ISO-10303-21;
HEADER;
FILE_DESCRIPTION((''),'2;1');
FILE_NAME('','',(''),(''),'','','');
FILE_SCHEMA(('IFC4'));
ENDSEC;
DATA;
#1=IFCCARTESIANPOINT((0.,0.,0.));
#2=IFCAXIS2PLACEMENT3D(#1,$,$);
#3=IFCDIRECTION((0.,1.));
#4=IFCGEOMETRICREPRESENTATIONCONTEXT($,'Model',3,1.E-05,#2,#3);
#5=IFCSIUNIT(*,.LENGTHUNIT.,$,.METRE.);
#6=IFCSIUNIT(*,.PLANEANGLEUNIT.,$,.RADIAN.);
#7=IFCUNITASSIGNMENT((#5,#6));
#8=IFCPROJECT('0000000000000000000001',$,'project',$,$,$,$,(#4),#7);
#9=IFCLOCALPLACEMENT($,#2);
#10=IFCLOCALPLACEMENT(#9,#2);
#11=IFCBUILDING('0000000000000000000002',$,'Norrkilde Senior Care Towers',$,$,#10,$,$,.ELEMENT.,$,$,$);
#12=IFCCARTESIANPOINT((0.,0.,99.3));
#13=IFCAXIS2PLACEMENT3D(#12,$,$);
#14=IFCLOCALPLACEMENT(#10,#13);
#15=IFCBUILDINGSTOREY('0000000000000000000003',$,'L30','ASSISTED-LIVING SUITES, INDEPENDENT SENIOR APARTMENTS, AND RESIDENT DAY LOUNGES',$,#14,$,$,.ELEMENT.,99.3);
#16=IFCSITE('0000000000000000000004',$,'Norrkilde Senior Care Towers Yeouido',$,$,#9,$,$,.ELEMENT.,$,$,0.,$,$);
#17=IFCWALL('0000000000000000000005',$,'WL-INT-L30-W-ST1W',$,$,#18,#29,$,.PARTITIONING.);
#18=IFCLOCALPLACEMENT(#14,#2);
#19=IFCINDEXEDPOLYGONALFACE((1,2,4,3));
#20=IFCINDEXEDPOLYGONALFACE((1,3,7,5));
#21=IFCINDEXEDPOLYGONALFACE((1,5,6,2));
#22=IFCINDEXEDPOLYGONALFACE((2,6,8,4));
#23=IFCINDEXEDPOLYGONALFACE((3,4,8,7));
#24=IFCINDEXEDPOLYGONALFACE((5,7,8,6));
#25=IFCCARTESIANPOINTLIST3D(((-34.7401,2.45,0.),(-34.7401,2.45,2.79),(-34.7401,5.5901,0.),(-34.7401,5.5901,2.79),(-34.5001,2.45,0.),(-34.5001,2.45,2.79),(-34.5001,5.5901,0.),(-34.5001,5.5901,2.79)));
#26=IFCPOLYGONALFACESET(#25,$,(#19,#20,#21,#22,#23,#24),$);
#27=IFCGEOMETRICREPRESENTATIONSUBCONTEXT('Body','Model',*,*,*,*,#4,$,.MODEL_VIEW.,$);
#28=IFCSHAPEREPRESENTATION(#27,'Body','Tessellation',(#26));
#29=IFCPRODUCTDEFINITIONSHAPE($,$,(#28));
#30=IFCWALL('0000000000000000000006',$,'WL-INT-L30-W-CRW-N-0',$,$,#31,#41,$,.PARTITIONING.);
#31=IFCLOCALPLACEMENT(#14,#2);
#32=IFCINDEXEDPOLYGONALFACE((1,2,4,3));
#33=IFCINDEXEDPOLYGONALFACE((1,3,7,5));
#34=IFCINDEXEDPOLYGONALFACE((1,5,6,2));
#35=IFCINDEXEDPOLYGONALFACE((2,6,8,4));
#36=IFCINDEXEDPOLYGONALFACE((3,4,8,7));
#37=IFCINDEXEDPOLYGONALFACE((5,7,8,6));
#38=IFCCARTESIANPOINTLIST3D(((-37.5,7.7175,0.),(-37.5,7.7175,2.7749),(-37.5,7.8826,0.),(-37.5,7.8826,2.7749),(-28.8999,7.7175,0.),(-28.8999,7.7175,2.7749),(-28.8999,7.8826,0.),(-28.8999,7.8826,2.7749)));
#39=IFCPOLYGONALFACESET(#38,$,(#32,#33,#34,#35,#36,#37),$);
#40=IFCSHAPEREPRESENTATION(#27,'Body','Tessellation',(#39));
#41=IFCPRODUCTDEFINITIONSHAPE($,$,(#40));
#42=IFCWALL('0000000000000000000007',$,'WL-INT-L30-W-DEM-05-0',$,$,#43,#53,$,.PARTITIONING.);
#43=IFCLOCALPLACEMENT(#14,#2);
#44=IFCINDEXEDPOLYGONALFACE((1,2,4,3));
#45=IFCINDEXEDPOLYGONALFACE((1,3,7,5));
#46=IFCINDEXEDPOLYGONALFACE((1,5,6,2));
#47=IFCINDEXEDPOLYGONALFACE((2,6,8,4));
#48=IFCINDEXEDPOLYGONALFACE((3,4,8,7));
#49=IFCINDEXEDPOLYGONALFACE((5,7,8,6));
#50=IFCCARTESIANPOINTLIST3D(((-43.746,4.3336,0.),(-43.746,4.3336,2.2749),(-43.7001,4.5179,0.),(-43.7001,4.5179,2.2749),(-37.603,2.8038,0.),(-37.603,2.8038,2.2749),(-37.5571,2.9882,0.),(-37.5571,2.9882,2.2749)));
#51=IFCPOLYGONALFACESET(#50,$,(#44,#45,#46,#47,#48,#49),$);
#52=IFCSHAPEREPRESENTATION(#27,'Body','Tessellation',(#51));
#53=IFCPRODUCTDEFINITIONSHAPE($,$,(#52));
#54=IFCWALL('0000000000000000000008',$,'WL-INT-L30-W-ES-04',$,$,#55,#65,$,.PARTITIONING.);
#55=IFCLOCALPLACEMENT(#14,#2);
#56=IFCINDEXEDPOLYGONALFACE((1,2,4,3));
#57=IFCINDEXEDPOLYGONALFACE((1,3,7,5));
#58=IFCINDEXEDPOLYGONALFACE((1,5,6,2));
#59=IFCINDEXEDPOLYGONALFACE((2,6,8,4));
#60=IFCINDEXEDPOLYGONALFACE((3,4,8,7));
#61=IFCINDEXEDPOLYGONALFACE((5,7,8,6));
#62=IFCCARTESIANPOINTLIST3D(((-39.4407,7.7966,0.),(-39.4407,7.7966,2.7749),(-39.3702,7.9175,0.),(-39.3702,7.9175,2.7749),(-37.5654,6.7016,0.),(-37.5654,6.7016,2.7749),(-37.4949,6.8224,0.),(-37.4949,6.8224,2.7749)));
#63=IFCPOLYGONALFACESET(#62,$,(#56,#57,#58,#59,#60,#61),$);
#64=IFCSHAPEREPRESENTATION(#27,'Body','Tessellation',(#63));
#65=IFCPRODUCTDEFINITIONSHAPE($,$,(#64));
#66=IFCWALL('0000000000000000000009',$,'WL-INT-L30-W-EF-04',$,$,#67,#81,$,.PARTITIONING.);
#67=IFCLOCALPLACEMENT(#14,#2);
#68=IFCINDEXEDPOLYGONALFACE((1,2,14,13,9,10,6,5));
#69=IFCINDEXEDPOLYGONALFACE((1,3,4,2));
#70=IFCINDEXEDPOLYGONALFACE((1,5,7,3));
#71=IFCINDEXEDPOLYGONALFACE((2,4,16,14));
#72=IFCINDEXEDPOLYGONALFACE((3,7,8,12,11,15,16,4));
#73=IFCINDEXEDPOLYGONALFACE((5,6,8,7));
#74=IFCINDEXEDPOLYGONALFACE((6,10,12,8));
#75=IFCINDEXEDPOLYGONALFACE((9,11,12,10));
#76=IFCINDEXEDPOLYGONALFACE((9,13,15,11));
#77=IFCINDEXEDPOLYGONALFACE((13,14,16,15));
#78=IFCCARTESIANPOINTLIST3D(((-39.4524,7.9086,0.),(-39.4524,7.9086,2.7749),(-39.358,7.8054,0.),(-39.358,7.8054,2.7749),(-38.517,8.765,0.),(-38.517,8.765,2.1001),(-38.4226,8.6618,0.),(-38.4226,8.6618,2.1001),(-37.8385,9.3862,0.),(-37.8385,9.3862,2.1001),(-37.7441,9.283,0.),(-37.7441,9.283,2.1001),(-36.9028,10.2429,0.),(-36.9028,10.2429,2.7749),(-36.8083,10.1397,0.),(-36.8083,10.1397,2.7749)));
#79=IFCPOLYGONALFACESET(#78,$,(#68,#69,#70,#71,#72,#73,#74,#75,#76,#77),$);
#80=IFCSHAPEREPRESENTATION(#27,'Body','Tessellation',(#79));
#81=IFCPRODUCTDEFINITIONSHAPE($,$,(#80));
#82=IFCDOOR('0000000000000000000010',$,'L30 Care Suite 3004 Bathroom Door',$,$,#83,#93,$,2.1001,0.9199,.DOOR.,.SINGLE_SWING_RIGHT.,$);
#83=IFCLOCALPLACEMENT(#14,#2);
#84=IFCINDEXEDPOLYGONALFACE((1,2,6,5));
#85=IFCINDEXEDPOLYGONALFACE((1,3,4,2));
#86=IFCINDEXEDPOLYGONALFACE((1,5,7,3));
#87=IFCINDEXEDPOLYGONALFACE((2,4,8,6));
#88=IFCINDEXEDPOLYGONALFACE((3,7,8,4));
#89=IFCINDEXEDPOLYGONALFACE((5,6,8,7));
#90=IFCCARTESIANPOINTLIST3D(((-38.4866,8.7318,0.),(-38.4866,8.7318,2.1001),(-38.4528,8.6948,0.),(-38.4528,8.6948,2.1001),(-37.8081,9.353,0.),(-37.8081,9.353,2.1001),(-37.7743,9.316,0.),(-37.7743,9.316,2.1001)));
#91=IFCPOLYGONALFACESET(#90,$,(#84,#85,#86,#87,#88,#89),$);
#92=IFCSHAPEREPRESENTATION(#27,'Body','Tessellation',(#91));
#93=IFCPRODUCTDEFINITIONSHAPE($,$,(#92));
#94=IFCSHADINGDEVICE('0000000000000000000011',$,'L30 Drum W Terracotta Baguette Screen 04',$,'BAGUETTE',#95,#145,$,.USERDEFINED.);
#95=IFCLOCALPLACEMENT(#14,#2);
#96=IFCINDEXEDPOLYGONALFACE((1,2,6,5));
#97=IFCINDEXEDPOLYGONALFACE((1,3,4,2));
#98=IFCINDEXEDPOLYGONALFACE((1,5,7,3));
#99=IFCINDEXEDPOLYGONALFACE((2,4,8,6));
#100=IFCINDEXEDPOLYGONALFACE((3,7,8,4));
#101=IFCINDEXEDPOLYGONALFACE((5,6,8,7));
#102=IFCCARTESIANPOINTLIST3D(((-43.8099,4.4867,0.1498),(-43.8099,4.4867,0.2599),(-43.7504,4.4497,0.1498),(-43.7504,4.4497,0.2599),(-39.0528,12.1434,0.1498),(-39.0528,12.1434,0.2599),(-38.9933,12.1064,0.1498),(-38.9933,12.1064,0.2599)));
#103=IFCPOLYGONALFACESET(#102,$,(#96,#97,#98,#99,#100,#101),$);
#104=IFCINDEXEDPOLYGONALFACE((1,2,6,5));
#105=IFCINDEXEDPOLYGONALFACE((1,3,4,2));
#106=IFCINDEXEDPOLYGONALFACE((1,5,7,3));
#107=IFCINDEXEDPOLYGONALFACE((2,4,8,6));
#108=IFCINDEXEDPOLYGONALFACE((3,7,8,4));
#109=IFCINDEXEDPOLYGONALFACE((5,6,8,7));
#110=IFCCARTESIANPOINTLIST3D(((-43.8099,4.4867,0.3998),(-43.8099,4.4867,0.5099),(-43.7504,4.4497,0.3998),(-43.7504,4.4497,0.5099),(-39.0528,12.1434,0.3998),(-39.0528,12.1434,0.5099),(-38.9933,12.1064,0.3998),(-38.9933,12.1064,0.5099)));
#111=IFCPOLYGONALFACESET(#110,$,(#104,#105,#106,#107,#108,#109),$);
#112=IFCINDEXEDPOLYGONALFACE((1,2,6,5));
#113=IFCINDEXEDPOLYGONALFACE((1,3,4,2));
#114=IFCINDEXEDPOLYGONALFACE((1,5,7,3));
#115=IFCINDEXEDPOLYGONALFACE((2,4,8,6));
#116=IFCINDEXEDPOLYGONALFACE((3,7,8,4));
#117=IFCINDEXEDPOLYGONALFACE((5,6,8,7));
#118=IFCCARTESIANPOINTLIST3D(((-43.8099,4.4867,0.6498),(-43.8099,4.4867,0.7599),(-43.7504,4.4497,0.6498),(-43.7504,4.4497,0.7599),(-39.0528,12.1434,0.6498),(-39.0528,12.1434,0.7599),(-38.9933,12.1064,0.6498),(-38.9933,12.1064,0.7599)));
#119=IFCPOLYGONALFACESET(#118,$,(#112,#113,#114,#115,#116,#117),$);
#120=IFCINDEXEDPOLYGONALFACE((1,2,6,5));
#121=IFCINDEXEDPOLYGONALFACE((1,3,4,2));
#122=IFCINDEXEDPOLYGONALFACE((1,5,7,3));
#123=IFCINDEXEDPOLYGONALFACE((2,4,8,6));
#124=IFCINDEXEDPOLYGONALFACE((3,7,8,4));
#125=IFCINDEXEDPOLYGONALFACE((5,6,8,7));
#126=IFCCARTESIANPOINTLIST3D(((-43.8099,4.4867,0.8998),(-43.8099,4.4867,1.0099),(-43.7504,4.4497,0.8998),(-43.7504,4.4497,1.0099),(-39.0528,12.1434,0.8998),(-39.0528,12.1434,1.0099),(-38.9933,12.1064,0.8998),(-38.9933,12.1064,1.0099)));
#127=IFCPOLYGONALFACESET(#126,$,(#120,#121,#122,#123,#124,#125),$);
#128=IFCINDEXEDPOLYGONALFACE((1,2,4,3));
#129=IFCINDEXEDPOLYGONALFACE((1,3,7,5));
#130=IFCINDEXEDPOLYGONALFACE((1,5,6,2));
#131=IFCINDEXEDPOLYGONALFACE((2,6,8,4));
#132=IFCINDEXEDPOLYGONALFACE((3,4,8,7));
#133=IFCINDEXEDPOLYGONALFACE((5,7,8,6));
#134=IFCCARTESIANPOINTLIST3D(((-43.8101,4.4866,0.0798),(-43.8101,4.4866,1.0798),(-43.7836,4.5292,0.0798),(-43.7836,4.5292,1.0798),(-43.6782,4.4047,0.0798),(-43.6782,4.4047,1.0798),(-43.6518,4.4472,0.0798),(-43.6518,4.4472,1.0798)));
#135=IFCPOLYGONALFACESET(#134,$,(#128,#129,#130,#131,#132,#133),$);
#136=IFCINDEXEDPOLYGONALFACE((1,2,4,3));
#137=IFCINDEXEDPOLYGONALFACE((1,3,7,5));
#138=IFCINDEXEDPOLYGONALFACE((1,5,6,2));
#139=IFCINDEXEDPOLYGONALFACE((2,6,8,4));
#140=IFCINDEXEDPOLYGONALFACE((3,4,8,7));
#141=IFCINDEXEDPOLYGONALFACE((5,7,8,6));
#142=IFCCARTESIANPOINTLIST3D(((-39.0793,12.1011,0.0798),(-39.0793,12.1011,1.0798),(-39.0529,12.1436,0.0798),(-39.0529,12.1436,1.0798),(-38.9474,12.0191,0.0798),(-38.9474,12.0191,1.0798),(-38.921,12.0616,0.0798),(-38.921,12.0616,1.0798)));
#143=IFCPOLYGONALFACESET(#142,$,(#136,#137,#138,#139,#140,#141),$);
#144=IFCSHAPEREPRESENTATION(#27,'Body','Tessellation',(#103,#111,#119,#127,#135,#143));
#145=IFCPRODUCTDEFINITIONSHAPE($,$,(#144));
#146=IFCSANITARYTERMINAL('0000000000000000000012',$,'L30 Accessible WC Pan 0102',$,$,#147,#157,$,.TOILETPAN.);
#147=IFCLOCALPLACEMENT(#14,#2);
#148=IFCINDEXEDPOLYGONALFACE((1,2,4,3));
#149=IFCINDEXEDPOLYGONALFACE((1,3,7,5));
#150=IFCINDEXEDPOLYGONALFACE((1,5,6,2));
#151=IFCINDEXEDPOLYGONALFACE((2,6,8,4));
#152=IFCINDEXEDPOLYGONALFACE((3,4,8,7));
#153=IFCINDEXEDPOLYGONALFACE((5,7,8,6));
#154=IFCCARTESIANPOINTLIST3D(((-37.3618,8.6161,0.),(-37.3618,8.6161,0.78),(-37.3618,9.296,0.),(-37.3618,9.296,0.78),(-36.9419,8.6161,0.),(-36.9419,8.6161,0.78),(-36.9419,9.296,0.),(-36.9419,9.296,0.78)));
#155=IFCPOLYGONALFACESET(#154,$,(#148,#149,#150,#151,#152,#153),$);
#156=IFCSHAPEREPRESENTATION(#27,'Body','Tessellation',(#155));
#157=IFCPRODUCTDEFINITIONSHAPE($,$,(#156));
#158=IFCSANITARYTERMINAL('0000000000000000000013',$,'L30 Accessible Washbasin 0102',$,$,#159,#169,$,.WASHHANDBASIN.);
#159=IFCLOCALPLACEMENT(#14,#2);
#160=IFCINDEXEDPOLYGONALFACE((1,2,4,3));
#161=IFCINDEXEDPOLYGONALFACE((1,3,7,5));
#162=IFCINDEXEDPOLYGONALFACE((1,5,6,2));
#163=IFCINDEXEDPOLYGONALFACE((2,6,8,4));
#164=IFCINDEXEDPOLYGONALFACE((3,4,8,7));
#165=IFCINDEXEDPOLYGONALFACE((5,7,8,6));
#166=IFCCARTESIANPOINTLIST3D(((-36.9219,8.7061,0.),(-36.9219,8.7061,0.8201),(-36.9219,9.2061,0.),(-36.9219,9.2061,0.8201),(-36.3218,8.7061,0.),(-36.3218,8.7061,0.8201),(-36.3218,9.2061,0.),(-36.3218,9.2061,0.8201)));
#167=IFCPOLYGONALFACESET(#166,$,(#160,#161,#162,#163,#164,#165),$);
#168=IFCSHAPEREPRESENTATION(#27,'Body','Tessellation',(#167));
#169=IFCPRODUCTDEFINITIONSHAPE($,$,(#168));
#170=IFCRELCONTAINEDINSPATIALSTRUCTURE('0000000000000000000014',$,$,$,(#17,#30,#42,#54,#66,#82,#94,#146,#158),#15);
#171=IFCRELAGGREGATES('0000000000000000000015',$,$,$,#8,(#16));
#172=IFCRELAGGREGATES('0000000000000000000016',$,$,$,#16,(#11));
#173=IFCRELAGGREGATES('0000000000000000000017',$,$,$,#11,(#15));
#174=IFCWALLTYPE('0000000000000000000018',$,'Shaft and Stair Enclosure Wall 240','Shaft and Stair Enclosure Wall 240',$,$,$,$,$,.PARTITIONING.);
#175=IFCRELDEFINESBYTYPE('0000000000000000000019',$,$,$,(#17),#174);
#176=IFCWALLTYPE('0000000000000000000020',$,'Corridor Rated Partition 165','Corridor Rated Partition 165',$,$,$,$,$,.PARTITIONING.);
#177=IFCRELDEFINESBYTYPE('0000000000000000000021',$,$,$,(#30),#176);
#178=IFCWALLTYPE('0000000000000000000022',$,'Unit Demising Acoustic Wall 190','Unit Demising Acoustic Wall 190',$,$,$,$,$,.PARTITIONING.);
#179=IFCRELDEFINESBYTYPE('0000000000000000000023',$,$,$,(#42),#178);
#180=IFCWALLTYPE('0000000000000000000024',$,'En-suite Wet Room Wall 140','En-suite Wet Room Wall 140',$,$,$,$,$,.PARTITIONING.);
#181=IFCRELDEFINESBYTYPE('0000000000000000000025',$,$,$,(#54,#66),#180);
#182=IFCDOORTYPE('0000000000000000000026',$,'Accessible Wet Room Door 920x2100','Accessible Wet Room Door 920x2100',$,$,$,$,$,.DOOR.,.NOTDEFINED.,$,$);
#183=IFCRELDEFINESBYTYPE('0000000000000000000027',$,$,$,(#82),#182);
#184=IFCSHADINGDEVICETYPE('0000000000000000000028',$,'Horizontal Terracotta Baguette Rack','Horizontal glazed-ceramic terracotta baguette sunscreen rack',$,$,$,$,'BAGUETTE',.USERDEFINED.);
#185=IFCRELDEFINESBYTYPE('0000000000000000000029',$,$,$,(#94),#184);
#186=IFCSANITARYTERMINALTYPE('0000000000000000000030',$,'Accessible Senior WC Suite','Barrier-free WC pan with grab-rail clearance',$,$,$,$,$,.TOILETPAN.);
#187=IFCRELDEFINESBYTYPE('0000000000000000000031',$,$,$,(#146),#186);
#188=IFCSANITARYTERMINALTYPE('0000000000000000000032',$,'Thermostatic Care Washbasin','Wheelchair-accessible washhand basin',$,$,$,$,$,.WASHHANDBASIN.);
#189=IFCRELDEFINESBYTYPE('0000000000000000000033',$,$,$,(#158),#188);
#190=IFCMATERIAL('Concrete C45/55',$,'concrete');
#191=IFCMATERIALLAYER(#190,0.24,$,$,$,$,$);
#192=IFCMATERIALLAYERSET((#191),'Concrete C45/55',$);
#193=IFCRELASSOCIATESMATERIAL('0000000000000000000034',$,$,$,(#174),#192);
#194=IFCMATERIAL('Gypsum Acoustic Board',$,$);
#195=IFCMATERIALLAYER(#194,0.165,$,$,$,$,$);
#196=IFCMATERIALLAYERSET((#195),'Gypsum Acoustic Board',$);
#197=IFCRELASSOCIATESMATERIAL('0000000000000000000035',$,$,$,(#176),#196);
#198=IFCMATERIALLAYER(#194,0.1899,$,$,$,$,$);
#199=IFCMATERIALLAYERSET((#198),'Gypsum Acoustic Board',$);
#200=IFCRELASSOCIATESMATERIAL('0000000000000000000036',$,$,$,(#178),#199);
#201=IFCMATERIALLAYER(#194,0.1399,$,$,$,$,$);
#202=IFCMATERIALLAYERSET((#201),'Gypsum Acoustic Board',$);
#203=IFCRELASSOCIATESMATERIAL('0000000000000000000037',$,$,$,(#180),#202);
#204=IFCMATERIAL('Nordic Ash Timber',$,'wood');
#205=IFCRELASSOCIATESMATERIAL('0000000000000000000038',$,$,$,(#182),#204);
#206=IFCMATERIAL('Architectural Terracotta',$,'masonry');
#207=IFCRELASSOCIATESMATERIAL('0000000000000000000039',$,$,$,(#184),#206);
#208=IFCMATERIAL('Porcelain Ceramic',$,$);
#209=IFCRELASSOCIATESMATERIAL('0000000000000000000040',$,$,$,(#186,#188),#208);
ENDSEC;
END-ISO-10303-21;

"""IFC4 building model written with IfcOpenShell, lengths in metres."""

from ifc_helpers import new_model, si_unit, direction, frame, frame_2d, origin, origin_2d, place, context, subcontext, project, spatial, rectangle, extrude, source, transform, mapped, material, layer, layer_set, type_object, type_shapes, element, fill, save


model = new_model("IFC4")

# Units and contexts
model_context = context("Model", 3, precision=1e-05, world=origin(), true_north=direction((0.0, 1.0)))
body_context = subcontext(model_context, "Body", "Model", "MODEL_VIEW")
ifc_project = project(units=[si_unit("LENGTHUNIT", "METRE"), si_unit("PLANEANGLEUNIT", "RADIAN")], contexts=[model_context])

# Site, building, storey
site_placement = place(None, origin())
site = spatial("IfcSite", under=ifc_project, at=site_placement, Name="Norrkilde Senior Care Towers Yeouido", CompositionType="ELEMENT", RefElevation=0.0)
building_placement = place(site_placement, origin())
building = spatial("IfcBuilding", under=site, at=building_placement, Name="Norrkilde Senior Care Towers", CompositionType="ELEMENT")
storey_placement = place(building_placement, frame((0.0, 0.0, 99.3)))
storey = spatial("IfcBuildingStorey", under=building, at=storey_placement, Name="L30", Description="ASSISTED-LIVING SUITES, INDEPENDENT SENIOR APARTMENTS, AND RESIDENT DAY LOUNGES", CompositionType="ELEMENT", Elevation=99.3)

# Walls
ifc_material_1 = material(Name="Concrete C45/55", Category="concrete")
ifc_layer_1 = layer(ifc_material_1, 0.24)
ifc_layer_set_1 = layer_set([ifc_layer_1], Name="Concrete C45/55")
wall_type_1 = type_object("IfcWallType", Name="Shaft and Stair Enclosure Wall 240", Description="Shaft and Stair Enclosure Wall 240", PredefinedType="PARTITIONING", material=ifc_layer_set_1)
shared_shape_1 = source(origin(), body_context, "Body", "SweptSolid", [
    extrude(rectangle(XDim=3.1401, YDim=0.24, at=frame_2d((1.5701, 0.0))), origin(), (0.0, 0.0, 1.0), 2.79),
])
wall_1_placement = place(storey_placement, frame((-34.6201, 2.45, 0.0), z_axis=(0.0, 0.0, 1.0), x_axis=(0.0, 1.0, 0.0)))
element("IfcWall", 1, at=wall_1_placement, inside=storey, type_object=wall_type_1, Name="WL-INT-L30-W-ST1W", PredefinedType="PARTITIONING", context=body_context, shape_type="MappedRepresentation", body=[
    mapped(shared_shape_1, transform((0.0, 0.0, 0.0), x_axis=(1.0, 0.0, 0.0), y_axis=(0.0, 1.0, 0.0), z_axis=(0.0, 0.0, 1.0), scale=1.0)),
])
ifc_material_2 = material(Name="Gypsum Acoustic Board")
ifc_layer_2 = layer(ifc_material_2, 0.165)
ifc_layer_set_2 = layer_set([ifc_layer_2], Name="Gypsum Acoustic Board")
wall_type_2 = type_object("IfcWallType", Name="Corridor Rated Partition 165", Description="Corridor Rated Partition 165", PredefinedType="PARTITIONING", material=ifc_layer_set_2)
shared_shape_2 = source(origin(), body_context, "Body", "SweptSolid", [
    extrude(rectangle(XDim=8.6001, YDim=0.165, at=frame_2d((4.3, 0.0))), origin(), (0.0, 0.0, 1.0), 2.7749),
])
type_shapes(wall_type_2, [shared_shape_2])
wall_2_placement = place(storey_placement, frame((-37.5, 7.8, 0.0), z_axis=(0.0, 0.0, 1.0), x_axis=(1.0, 0.0, 0.0)))
element("IfcWall", 2, at=wall_2_placement, inside=storey, type_object=wall_type_2, Name="WL-INT-L30-W-CRW-N-0", PredefinedType="PARTITIONING", context=body_context, shape_type="MappedRepresentation", body=[
    mapped(shared_shape_2, transform((0.0, 0.0, 0.0), x_axis=(1.0, 0.0, 0.0), y_axis=(0.0, 1.0, 0.0), z_axis=(0.0, 0.0, 1.0), scale=1.0)),
])
ifc_layer_3 = layer(ifc_material_2, 0.1899)
ifc_layer_set_3 = layer_set([ifc_layer_3], Name="Gypsum Acoustic Board")
wall_type_3 = type_object("IfcWallType", Name="Unit Demising Acoustic Wall 190", Description="Unit Demising Acoustic Wall 190", PredefinedType="PARTITIONING", material=ifc_layer_set_3)
shared_shape_3 = source(origin(), body_context, "Body", "SweptSolid", [
    extrude(rectangle(XDim=6.3306, YDim=0.1899, at=frame_2d((3.1653, 0.0))), origin(), (0.0, 0.0, 1.0), 2.2749),
])
type_shapes(wall_type_3, [shared_shape_3])
wall_3_placement = place(storey_placement, frame((-37.5801, 2.896, 0.0), z_axis=(0.0, 0.0, 1.0), x_axis=(-0.970364, 0.241646, 0.0)))
element("IfcWall", 3, at=wall_3_placement, inside=storey, type_object=wall_type_3, Name="WL-INT-L30-W-DEM-05-0", PredefinedType="PARTITIONING", context=body_context, shape_type="MappedRepresentation", body=[
    mapped(shared_shape_3, transform((0.0, 0.0, 0.0), x_axis=(1.0, 0.0, 0.0), y_axis=(0.0, 1.0, 0.0), z_axis=(0.0, 0.0, 1.0), scale=1.0)),
])
ifc_layer_4 = layer(ifc_material_2, 0.1399)
ifc_layer_set_4 = layer_set([ifc_layer_4], Name="Gypsum Acoustic Board")
wall_type_4 = type_object("IfcWallType", Name="En-suite Wet Room Wall 140", Description="En-suite Wet Room Wall 140", PredefinedType="PARTITIONING", material=ifc_layer_set_4)
shared_shape_4 = source(origin(), body_context, "Body", "SweptSolid", [
    extrude(rectangle(XDim=2.1716, YDim=0.1399, at=frame_2d((1.0859, 0.0))), origin(), (0.0, 0.0, 1.0), 2.7749),
])
wall_4_placement = place(storey_placement, frame((-37.53, 6.762, 0.0), z_axis=(0.0, 0.0, 1.0), x_axis=(-0.863563, 0.504241, 0.0)))
element("IfcWall", 4, at=wall_4_placement, inside=storey, type_object=wall_type_4, Name="WL-INT-L30-W-ES-04", PredefinedType="PARTITIONING", context=body_context, shape_type="MappedRepresentation", body=[
    mapped(shared_shape_4, transform((0.0, 0.0, 0.0), x_axis=(1.0, 0.0, 0.0), y_axis=(0.0, 1.0, 0.0), z_axis=(0.0, 0.0, 1.0), scale=1.0)),
])

# Wall, opening, door
shared_shape_5 = source(origin(), body_context, "Body", "SweptSolid", [
    extrude(rectangle(XDim=3.4568, YDim=0.1399, at=frame_2d((1.7285, 0.0))), origin(), (0.0, 0.0, 1.0), 2.7749),
])
type_shapes(wall_type_4, [shared_shape_4, shared_shape_5])
wall_5_placement = place(storey_placement, frame((-39.4053, 7.8569, 0.0), z_axis=(0.0, 0.0, 1.0), x_axis=(0.737567, 0.675274, 0.0)))
wall_5 = element("IfcWall", 5, at=wall_5_placement, inside=storey, type_object=wall_type_4, Name="WL-INT-L30-W-EF-04", PredefinedType="PARTITIONING", context=body_context, shape_type="MappedRepresentation", body=[
    mapped(shared_shape_5, transform((0.0, 0.0, 0.0), x_axis=(1.0, 0.0, 0.0), y_axis=(0.0, 1.0, 0.0), z_axis=(0.0, 0.0, 1.0), scale=1.0)),
])
opening_1_placement = place(wall_5_placement, frame((1.2683, 0.0, 0.0)))
opening_1 = element("IfcOpeningElement", 6, at=opening_1_placement, cuts=wall_5, PredefinedType="OPENING", context=body_context, shape_type="SweptSolid", body=[
    extrude(rectangle(XDim=0.9199, YDim=2.1001, at=frame_2d((0.46, 1.05))), frame((0.0, 0.0798, 0.0), z_axis=(0.0, -1.0, 0.0), x_axis=(1.0, 0.0, 0.0)), (0.0, 0.0, 1.0), 0.1599),
])
ifc_material_3 = material(Name="Nordic Ash Timber", Category="wood")
door_type_1 = type_object("IfcDoorType", Name="Accessible Wet Room Door 920x2100", Description="Accessible Wet Room Door 920x2100", OperationType="NOTDEFINED", PredefinedType="DOOR", material=ifc_material_3)
shared_shape_6 = source(origin(), body_context, "Body", "SweptSolid", [
    extrude(rectangle(XDim=0.9199, YDim=2.1001, at=frame_2d((0.46, 1.05))), frame((0.0, 0.0249, 0.0), z_axis=(0.0, -1.0, 0.0), x_axis=(1.0, 0.0, 0.0)), (0.0, 0.0, 1.0), 0.05),
])
type_shapes(door_type_1, [shared_shape_6])
door_1_placement = place(opening_1_placement, origin())
door_1 = element("IfcDoor", 7, at=door_1_placement, inside=storey, type_object=door_type_1, Name="L30 Care Suite 3004 Bathroom Door", OperationType="SINGLE_SWING_RIGHT", OverallHeight=2.1001, OverallWidth=0.9199, PredefinedType="DOOR", context=body_context, shape_type="MappedRepresentation", body=[
    mapped(shared_shape_6, transform((0.0, 0.0, 0.0), x_axis=(1.0, 0.0, 0.0), y_axis=(0.0, 1.0, 0.0), z_axis=(0.0, 0.0, 1.0), scale=1.0)),
])
fill(opening_1, door_1)

# Shading device
ifc_material_4 = material(Name="Architectural Terracotta", Category="masonry")
shading_device_type = type_object("IfcShadingDeviceType", Name="Horizontal Terracotta Baguette Rack", Description="Horizontal glazed-ceramic terracotta baguette sunscreen rack", ElementType="BAGUETTE", PredefinedType="USERDEFINED", material=ifc_material_4)
shared_shape_7 = source(origin(), body_context, "Body", "SweptSolid", [
    extrude(rectangle(XDim=0.0701, YDim=0.1101, at=origin_2d()), frame((0.0, 0.0901, 0.125), z_axis=(1.0, 0.0, 0.0), x_axis=(0.0, 1.0, 0.0)), (0.0, 0.0, 1.0), 9.0142),
    extrude(rectangle(XDim=0.0701, YDim=0.1101, at=origin_2d()), frame((0.0, 0.0901, 0.375), z_axis=(1.0, 0.0, 0.0), x_axis=(0.0, 1.0, 0.0)), (0.0, 0.0, 1.0), 9.0142),
    extrude(rectangle(XDim=0.0701, YDim=0.1101, at=origin_2d()), frame((0.0, 0.0901, 0.625), z_axis=(1.0, 0.0, 0.0), x_axis=(0.0, 1.0, 0.0)), (0.0, 0.0, 1.0), 9.0142),
    extrude(rectangle(XDim=0.0701, YDim=0.1101, at=origin_2d()), frame((0.0, 0.0901, 0.875), z_axis=(1.0, 0.0, 0.0), x_axis=(0.0, 1.0, 0.0)), (0.0, 0.0, 1.0), 9.0142),
    extrude(rectangle(XDim=0.05, YDim=0.1553, at=origin_2d()), frame((0.0249, 0.0476, 0.0)), (0.0, 0.0, 1.0), 1.0),
    extrude(rectangle(XDim=0.05, YDim=0.1553, at=origin_2d()), frame((8.9893, 0.0476, 0.0)), (0.0, 0.0, 1.0), 1.0),
])
type_shapes(shading_device_type, [shared_shape_7])
shading_device_placement = place(storey_placement, frame((-43.7036, 4.4207, 0.0798), z_axis=(0.0, 0.0, 1.0), x_axis=(0.527734, 0.849412, 0.0)))
element("IfcShadingDevice", 8, at=shading_device_placement, inside=storey, type_object=shading_device_type, Name="L30 Drum W Terracotta Baguette Screen 04", ObjectType="BAGUETTE", PredefinedType="USERDEFINED", context=body_context, shape_type="MappedRepresentation", body=[
    mapped(shared_shape_7, transform((0.0, 0.0, 0.0), x_axis=(1.0, 0.0, 0.0), y_axis=(0.0, 1.0, 0.0), z_axis=(0.0, 0.0, 1.0), scale=1.0)),
])

# Sanitary terminals
ifc_material_5 = material(Name="Porcelain Ceramic")
sanitary_terminal_type_1 = type_object("IfcSanitaryTerminalType", Name="Accessible Senior WC Suite", Description="Barrier-free WC pan with grab-rail clearance", PredefinedType="TOILETPAN", material=ifc_material_5)
shared_shape_8 = source(origin(), body_context, "Body", "SweptSolid", [
    extrude(rectangle(XDim=0.4199, YDim=0.6799, at=origin_2d()), origin(), (0.0, 0.0, 1.0), 0.78),
])
type_shapes(sanitary_terminal_type_1, [shared_shape_8])
sanitary_terminal_1_placement = place(storey_placement, frame((-37.1519, 8.9561, 0.0), z_axis=(0.0, 0.0, 1.0), x_axis=(1.0, 0.0, 0.0)))
element("IfcSanitaryTerminal", 9, at=sanitary_terminal_1_placement, inside=storey, type_object=sanitary_terminal_type_1, Name="L30 Accessible WC Pan 0102", PredefinedType="TOILETPAN", context=body_context, shape_type="MappedRepresentation", body=[
    mapped(shared_shape_8, transform((0.0, 0.0, 0.0), x_axis=(1.0, 0.0, 0.0), y_axis=(0.0, 1.0, 0.0), z_axis=(0.0, 0.0, 1.0), scale=1.0)),
])
sanitary_terminal_type_2 = type_object("IfcSanitaryTerminalType", Name="Thermostatic Care Washbasin", Description="Wheelchair-accessible washhand basin", PredefinedType="WASHHANDBASIN", material=ifc_material_5)
shared_shape_9 = source(origin(), body_context, "Body", "SweptSolid", [
    extrude(rectangle(XDim=0.6001, YDim=0.5, at=origin_2d()), origin(), (0.0, 0.0, 1.0), 0.8201),
])
type_shapes(sanitary_terminal_type_2, [shared_shape_9])
sanitary_terminal_2_placement = place(storey_placement, frame((-36.6218, 8.9561, 0.0), z_axis=(0.0, 0.0, 1.0), x_axis=(1.0, 0.0, 0.0)))
element("IfcSanitaryTerminal", 10, at=sanitary_terminal_2_placement, inside=storey, type_object=sanitary_terminal_type_2, Name="L30 Accessible Washbasin 0102", PredefinedType="WASHHANDBASIN", context=body_context, shape_type="MappedRepresentation", body=[
    mapped(shared_shape_9, transform((0.0, 0.0, 0.0), x_axis=(1.0, 0.0, 0.0), y_axis=(0.0, 1.0, 0.0), z_axis=(0.0, 0.0, 1.0), scale=1.0)),
])

save(model, "model.ifc")
